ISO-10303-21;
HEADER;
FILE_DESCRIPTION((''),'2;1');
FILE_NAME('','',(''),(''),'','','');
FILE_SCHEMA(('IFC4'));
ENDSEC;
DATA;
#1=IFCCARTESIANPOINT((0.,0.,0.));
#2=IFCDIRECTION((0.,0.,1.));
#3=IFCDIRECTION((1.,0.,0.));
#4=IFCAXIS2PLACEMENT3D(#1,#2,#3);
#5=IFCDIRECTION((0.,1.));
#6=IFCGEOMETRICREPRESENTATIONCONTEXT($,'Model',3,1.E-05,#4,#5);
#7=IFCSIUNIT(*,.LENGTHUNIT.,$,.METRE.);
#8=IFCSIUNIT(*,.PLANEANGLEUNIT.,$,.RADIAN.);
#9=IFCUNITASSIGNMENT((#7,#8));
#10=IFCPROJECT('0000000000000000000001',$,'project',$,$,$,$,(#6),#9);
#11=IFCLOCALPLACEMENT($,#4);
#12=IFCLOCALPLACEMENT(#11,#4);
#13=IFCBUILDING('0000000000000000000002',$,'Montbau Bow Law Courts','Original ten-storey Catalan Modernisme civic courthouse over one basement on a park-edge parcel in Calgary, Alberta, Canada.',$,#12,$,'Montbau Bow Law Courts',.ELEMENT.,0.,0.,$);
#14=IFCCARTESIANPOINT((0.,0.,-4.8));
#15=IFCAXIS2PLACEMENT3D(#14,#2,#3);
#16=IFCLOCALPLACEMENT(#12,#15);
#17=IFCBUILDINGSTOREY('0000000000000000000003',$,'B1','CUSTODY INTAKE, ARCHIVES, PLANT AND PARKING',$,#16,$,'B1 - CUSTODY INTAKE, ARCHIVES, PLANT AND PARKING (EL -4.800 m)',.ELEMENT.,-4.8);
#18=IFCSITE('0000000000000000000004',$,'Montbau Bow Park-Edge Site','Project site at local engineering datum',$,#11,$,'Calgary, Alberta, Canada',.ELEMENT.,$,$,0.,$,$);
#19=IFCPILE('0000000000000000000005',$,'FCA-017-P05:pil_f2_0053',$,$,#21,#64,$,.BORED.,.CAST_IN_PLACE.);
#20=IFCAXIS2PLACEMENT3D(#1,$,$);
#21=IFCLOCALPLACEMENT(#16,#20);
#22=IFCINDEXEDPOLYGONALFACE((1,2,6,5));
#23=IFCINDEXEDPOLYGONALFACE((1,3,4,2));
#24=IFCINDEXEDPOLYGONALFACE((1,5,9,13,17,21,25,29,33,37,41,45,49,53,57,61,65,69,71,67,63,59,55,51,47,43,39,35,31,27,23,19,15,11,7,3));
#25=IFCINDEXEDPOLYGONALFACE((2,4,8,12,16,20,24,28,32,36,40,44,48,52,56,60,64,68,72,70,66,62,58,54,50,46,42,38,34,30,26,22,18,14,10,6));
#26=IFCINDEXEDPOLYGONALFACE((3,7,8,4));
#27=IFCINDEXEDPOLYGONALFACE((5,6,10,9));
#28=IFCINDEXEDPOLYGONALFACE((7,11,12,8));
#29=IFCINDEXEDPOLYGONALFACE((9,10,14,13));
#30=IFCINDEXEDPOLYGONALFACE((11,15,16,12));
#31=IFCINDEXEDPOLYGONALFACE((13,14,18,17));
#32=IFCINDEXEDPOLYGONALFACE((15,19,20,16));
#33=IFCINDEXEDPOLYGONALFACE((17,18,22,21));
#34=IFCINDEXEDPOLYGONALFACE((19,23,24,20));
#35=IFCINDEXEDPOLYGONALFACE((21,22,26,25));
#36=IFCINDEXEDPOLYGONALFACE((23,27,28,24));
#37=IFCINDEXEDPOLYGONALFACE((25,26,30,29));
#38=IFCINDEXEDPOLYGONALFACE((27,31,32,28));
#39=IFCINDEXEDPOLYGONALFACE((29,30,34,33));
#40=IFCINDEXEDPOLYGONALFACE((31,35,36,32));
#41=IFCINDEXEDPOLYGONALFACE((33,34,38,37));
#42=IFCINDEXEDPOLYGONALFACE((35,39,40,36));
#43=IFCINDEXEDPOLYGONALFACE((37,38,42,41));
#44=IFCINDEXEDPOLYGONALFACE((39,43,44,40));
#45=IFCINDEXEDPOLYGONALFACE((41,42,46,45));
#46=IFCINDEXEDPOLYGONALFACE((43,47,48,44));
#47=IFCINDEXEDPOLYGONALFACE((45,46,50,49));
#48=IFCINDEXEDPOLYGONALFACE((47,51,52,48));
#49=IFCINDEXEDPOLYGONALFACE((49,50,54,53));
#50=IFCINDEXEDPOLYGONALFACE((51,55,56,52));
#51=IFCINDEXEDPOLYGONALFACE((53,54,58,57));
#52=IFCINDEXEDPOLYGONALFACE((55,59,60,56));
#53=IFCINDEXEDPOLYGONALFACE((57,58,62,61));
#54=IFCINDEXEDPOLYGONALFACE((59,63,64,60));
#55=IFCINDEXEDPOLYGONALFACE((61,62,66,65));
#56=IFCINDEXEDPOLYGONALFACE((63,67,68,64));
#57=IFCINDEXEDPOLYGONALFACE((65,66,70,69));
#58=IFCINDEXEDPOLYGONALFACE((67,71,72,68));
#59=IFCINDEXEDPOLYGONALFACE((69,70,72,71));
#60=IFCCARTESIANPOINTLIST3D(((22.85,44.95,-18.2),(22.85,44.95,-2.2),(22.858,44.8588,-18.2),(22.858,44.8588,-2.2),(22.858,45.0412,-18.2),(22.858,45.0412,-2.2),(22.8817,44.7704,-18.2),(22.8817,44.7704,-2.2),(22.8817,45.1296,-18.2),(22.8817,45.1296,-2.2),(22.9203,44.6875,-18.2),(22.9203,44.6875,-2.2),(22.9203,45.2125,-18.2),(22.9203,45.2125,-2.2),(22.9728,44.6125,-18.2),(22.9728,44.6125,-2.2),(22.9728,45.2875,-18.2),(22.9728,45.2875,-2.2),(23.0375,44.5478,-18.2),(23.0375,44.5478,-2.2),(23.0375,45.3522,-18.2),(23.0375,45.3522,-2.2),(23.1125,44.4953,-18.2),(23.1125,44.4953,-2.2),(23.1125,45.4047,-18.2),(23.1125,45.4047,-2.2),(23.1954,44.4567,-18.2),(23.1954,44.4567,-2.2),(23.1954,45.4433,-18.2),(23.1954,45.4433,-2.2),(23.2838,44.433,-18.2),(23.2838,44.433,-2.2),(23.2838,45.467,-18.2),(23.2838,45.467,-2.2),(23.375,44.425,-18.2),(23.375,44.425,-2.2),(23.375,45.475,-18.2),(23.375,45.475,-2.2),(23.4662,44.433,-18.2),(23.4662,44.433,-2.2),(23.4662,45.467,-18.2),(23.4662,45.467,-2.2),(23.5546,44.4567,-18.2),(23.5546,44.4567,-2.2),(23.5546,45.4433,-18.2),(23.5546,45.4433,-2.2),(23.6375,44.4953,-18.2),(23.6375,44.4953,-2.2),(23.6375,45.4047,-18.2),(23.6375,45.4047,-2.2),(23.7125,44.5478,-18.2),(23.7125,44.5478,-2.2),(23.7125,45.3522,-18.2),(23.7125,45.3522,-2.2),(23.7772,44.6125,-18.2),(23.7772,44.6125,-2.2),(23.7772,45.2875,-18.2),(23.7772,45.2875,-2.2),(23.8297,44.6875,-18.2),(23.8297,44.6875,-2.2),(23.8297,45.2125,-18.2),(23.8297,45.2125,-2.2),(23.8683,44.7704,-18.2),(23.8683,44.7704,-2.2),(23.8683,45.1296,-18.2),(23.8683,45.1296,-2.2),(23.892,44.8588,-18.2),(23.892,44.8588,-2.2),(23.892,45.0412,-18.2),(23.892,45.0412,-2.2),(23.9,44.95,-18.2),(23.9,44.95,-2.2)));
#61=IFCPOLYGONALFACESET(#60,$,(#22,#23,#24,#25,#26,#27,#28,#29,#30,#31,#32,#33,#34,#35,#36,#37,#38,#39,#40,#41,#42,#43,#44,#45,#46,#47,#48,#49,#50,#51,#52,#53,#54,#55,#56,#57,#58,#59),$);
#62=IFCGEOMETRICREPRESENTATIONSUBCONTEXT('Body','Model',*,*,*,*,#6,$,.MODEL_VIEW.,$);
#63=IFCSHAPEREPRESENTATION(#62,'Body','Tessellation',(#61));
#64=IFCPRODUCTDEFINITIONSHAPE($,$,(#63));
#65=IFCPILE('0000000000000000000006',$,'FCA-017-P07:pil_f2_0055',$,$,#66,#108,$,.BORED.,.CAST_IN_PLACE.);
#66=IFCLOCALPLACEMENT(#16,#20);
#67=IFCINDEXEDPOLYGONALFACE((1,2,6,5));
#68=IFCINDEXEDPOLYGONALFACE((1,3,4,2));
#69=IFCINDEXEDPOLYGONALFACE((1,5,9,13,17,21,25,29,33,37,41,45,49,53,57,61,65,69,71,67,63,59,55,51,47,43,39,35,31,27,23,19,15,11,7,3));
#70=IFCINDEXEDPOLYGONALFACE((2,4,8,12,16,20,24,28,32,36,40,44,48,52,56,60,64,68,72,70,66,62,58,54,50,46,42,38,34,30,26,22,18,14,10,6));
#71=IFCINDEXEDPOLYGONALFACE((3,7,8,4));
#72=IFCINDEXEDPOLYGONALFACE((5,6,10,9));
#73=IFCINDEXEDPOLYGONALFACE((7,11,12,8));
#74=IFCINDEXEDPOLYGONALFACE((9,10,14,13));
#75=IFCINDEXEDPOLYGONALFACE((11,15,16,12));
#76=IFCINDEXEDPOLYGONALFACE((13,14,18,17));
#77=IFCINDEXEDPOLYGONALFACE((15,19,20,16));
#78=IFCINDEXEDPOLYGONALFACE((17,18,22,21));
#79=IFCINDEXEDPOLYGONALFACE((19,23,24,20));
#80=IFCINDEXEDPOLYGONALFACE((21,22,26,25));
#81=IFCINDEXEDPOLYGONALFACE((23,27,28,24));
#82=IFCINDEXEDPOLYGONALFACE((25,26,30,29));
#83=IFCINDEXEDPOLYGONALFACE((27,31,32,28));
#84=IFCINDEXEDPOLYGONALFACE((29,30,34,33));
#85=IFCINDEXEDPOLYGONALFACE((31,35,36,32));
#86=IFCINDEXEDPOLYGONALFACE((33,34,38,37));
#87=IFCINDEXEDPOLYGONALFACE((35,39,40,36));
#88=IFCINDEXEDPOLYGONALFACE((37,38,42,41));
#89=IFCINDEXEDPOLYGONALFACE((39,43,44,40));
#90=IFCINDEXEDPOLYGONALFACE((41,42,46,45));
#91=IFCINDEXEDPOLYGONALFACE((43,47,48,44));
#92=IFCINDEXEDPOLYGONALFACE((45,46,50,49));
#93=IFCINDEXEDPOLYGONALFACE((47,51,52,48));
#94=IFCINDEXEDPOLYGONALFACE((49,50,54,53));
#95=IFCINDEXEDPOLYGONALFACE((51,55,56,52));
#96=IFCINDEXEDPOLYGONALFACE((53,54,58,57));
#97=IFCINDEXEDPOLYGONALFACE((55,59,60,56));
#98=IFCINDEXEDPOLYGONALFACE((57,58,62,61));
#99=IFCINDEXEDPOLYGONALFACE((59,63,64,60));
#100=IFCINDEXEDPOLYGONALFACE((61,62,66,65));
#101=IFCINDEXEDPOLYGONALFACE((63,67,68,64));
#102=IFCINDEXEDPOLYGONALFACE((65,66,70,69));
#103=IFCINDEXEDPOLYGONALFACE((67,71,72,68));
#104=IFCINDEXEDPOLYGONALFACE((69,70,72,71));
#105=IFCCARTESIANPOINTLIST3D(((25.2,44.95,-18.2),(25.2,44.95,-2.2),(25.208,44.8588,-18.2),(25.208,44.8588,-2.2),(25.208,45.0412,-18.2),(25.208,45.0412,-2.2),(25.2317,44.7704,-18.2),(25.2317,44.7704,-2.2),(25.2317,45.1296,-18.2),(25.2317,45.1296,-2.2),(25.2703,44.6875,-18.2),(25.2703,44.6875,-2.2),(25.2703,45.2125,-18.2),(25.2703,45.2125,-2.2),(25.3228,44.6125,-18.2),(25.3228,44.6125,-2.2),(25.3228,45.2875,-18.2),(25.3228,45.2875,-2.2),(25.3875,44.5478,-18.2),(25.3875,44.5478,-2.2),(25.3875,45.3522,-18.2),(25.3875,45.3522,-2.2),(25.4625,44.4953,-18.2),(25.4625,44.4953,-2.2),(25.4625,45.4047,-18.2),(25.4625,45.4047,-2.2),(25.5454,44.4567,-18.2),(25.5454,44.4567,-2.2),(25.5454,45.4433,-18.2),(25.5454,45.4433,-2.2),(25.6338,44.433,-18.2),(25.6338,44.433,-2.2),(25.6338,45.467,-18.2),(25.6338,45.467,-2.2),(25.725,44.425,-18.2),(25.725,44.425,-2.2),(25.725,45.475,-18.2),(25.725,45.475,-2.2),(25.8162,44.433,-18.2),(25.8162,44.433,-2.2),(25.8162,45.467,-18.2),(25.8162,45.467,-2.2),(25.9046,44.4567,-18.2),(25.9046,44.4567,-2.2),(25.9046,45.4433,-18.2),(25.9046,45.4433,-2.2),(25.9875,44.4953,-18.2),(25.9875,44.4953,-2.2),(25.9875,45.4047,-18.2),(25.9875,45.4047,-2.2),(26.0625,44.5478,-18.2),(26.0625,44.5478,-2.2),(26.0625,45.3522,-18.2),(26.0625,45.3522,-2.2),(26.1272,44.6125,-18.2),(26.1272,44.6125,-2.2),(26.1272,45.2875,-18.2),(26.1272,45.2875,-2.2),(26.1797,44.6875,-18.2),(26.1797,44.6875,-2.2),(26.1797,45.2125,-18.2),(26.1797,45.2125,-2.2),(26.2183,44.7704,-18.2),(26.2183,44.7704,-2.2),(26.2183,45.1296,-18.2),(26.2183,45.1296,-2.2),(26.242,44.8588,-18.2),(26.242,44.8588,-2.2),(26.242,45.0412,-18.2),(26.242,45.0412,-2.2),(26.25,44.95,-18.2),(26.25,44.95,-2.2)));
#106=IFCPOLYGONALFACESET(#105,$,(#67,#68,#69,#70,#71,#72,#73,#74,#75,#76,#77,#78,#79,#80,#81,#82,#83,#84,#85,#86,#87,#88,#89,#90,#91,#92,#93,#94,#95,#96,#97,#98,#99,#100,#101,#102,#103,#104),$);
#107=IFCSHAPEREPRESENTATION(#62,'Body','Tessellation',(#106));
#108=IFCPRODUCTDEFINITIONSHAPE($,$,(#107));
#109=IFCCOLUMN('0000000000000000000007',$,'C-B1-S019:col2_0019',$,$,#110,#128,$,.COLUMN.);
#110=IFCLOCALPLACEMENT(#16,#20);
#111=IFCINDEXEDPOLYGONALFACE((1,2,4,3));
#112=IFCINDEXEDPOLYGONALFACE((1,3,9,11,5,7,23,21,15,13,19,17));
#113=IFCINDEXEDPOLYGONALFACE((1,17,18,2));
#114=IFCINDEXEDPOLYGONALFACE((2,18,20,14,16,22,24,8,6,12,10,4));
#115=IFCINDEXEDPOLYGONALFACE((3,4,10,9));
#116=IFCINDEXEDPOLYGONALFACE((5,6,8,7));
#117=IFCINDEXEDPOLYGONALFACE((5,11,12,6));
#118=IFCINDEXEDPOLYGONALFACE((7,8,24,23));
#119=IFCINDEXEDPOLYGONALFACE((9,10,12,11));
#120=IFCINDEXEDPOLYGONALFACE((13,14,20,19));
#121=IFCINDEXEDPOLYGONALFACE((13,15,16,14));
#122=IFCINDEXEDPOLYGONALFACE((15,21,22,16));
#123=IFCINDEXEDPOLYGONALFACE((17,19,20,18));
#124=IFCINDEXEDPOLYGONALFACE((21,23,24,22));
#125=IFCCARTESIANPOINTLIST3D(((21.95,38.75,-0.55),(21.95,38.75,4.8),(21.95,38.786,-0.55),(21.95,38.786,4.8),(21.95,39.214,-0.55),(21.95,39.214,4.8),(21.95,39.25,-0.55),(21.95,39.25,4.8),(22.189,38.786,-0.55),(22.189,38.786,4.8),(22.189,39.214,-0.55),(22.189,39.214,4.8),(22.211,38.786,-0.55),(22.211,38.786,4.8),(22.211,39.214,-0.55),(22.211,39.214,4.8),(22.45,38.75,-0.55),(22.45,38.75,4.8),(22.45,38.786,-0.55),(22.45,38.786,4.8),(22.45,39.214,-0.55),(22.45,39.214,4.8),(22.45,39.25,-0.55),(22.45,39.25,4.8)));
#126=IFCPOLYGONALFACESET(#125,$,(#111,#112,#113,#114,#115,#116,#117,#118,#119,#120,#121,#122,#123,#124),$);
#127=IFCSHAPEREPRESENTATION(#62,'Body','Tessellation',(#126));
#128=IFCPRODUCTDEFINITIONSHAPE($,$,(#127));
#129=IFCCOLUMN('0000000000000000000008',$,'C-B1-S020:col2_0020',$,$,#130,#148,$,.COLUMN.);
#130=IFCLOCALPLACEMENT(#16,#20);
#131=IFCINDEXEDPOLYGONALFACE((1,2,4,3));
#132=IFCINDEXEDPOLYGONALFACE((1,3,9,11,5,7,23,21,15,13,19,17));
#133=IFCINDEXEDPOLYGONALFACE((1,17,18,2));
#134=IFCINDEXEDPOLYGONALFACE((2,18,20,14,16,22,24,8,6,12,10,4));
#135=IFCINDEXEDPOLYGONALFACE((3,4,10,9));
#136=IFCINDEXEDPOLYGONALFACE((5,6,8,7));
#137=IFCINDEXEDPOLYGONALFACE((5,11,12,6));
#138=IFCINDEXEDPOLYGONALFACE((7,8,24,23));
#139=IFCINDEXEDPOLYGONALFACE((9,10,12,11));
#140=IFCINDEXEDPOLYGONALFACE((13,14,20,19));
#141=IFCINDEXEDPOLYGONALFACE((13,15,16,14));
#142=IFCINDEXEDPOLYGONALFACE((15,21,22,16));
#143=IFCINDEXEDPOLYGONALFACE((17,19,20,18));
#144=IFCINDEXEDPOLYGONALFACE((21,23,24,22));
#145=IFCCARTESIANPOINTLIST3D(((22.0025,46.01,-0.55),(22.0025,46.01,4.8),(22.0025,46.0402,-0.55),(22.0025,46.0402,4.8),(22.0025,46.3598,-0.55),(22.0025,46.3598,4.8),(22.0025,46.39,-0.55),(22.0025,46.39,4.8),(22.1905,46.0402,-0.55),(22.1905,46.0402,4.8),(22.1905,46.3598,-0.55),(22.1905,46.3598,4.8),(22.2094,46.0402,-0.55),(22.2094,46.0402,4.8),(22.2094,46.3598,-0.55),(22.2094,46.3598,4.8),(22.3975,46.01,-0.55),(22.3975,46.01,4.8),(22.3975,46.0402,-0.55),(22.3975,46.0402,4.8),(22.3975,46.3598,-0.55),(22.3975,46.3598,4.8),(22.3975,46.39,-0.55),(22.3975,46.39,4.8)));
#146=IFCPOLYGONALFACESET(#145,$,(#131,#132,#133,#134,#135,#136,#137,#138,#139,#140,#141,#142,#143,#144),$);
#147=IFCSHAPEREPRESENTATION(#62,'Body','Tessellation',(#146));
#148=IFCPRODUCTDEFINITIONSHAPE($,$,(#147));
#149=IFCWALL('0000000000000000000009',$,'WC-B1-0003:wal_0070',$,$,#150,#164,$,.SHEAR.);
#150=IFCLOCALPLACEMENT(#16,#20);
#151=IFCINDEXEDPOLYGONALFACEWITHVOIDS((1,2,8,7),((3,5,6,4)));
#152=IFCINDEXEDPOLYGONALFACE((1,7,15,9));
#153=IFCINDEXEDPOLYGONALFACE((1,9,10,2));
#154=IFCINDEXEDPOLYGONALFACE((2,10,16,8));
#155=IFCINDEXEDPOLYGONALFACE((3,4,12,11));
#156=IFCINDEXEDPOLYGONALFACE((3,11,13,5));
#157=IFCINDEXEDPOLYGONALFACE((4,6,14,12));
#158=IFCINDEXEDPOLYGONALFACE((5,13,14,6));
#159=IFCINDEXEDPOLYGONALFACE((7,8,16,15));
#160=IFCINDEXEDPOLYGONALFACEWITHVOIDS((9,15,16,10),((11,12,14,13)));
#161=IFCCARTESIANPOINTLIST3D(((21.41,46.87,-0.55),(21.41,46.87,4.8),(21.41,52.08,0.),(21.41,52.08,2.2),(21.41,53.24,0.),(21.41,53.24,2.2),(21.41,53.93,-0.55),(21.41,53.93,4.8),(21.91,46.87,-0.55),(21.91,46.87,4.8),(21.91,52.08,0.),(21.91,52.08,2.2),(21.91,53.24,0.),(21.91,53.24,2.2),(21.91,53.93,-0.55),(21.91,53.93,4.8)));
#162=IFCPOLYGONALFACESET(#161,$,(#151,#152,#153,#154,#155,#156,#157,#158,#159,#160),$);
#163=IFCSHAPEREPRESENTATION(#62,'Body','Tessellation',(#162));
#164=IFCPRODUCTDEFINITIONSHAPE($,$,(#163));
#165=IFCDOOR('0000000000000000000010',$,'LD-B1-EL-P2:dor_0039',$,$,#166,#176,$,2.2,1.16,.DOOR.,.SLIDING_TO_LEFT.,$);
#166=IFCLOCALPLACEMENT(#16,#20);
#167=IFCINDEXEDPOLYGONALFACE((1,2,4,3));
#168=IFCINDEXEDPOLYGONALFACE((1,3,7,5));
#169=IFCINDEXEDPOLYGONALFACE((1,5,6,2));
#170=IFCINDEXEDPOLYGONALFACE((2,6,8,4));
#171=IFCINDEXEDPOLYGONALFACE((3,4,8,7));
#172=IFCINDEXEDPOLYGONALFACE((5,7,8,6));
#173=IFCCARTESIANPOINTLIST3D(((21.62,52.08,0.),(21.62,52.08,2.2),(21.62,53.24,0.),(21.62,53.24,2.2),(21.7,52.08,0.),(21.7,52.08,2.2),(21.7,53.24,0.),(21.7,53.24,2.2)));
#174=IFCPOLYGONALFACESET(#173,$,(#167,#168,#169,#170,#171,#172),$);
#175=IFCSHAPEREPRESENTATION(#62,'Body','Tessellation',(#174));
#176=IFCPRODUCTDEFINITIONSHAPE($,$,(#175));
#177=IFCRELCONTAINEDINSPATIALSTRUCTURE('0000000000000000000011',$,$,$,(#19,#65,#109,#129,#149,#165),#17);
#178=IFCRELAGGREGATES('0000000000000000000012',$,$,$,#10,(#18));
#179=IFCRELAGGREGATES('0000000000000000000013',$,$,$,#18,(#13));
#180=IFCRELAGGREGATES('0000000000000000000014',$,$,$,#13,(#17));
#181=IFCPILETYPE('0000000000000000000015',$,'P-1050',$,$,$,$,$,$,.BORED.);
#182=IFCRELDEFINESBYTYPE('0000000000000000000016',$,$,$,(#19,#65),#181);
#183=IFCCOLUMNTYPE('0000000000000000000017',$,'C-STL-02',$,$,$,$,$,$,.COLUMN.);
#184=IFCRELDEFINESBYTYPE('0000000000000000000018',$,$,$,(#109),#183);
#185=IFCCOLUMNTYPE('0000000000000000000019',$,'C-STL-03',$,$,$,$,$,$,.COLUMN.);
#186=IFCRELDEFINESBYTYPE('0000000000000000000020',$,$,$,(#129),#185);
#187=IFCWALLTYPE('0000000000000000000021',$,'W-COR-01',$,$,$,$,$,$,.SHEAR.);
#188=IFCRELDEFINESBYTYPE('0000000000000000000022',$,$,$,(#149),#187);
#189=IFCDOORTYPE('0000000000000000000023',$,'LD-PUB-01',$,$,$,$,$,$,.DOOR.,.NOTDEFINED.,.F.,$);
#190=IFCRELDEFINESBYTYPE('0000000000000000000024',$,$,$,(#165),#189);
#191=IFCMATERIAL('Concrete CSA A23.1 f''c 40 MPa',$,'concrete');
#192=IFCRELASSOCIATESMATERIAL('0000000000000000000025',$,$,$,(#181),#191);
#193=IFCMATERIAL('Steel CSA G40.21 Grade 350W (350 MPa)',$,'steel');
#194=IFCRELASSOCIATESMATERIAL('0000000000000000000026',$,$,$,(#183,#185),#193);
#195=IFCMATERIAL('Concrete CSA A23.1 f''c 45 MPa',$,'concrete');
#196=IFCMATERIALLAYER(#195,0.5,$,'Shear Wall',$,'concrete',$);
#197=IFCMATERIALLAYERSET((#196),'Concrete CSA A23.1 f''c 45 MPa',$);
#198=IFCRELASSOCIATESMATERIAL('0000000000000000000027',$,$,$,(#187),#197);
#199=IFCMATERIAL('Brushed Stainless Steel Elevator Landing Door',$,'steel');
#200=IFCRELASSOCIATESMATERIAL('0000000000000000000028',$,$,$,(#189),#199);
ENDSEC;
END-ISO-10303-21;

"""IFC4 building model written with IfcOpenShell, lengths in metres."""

from ifc_helpers import new_model, si_unit, direction, frame, frame_2d, origin_with_axes, origin_2d_with_axis, place, context, subcontext, project, spatial, rectangle, circle, i_section, extrude, material, layer, layer_set, material_profile, profile_set, type_object, element, fill, save


model = new_model("IFC4")

# Units and contexts
model_context = context("Model", 3, precision=1e-05, world=origin_with_axes(), true_north=direction((0.0, 1.0)))
body_context = subcontext(model_context, "Body", "Model", "MODEL_VIEW")
ifc_project = project(units=[si_unit("LENGTHUNIT", "METRE"), si_unit("PLANEANGLEUNIT", "RADIAN")], contexts=[model_context])

# Site, building, storey
site_placement = place(None, origin_with_axes())
site = spatial("IfcSite", under=ifc_project, at=site_placement, Name="Montbau Bow Park-Edge Site", Description="Project site at local engineering datum", LongName="Calgary, Alberta, Canada", CompositionType="ELEMENT", RefElevation=0.0)
building_placement = place(site_placement, origin_with_axes())
building = spatial("IfcBuilding", under=site, at=building_placement, Name="Montbau Bow Law Courts", Description="Original ten-storey Catalan Modernisme civic courthouse over one basement on a park-edge parcel in Calgary, Alberta, Canada.", LongName="Montbau Bow Law Courts", CompositionType="ELEMENT", ElevationOfRefHeight=0.0, ElevationOfTerrain=0.0)
storey_placement = place(building_placement, frame((0.0, 0.0, -4.8), z_axis=(0.0, 0.0, 1.0), x_axis=(1.0, 0.0, 0.0)))
storey = spatial("IfcBuildingStorey", under=building, at=storey_placement, Name="B1", Description="CUSTODY INTAKE, ARCHIVES, PLANT AND PARKING", LongName="B1 - CUSTODY INTAKE, ARCHIVES, PLANT AND PARKING (EL -4.800 m)", CompositionType="ELEMENT", Elevation=-4.8)

# Piles
ifc_material_1 = material(Name="Concrete CSA A23.1 f'c 40 MPa", Category="concrete")
ifc_material_profile_1 = material_profile(ifc_material_1, circle(Radius=0.525, at=origin_2d_with_axis()), Name="BP1050", Category="Main", Priority=0)
ifc_profile_set_1 = profile_set([ifc_material_profile_1], Name="Concrete CSA A23.1 f'c 40 MPa")
pile_type_1 = type_object("IfcPileType", Name="P-1050", PredefinedType="BORED", material=ifc_profile_set_1)
for number, where, z_axis, x_axis, name in (
    (1, (23.375, 44.95, -23.0), (0.0, 0.0, 1.0), (1.0, 0.0, 0.0), "FCA-017-P05:pil_f2_0053"),
    (2, (25.725, 44.95, -23.0), (0.0, 0.0, 1.0), (1.0, 0.0, 0.0), "FCA-017-P07:pil_f2_0055"),
):
    element("IfcPile", number, at=place(None, frame(where, z_axis=z_axis, x_axis=x_axis)), inside=storey, type_object=pile_type_1, Name=name, ConstructionType="CAST_IN_PLACE", PredefinedType="BORED", context=body_context, shape_type="SweptSolid", body=[
        extrude(circle(Radius=0.525, at=origin_2d_with_axis()), origin_with_axes(), (0.0, 0.0, 1.0), 16.0),
    ])

# Columns
ifc_material_2 = material(Name="Steel CSA G40.21 Grade 350W (350 MPa)", Category="steel")
ifc_material_profile_2 = material_profile(ifc_material_2, i_section(OverallWidth=0.5, OverallDepth=0.5, WebThickness=0.022, FlangeThickness=0.036, at=origin_2d_with_axis()), Name="WWF500X343", Category="Main", Priority=0)
ifc_profile_set_2 = profile_set([ifc_material_profile_2], Name="Steel CSA G40.21 Grade 350W (350 MPa)")
column_type_1 = type_object("IfcColumnType", Name="C-STL-02", PredefinedType="COLUMN", material=ifc_profile_set_2)
column_1_placement = place(None, frame((22.2, 39.0, -5.35), z_axis=(0.0, 0.0, 1.0), x_axis=(1.0, 0.0, 0.0)))
element("IfcColumn", 3, at=column_1_placement, inside=storey, type_object=column_type_1, Name="C-B1-S019:col2_0019", PredefinedType="COLUMN", context=body_context, shape_type="SweptSolid", body=[
    extrude(i_section(OverallWidth=0.5, OverallDepth=0.5, WebThickness=0.022, FlangeThickness=0.036, at=origin_2d_with_axis()), origin_with_axes(), (0.0, 0.0, 1.0), 5.35),
])
ifc_material_profile_3 = material_profile(ifc_material_2, i_section(OverallWidth=0.395, OverallDepth=0.38, WebThickness=0.0189, FlangeThickness=0.0302, at=origin_2d_with_axis()), Name="W360X237", Category="Main", Priority=0)
ifc_profile_set_3 = profile_set([ifc_material_profile_3], Name="Steel CSA G40.21 Grade 350W (350 MPa)")
column_type_2 = type_object("IfcColumnType", Name="C-STL-03", PredefinedType="COLUMN", material=ifc_profile_set_3)
column_2_placement = place(None, frame((22.2, 46.2, -5.35), z_axis=(0.0, 0.0, 1.0), x_axis=(1.0, 0.0, 0.0)))
element("IfcColumn", 4, at=column_2_placement, inside=storey, type_object=column_type_2, Name="C-B1-S020:col2_0020", PredefinedType="COLUMN", context=body_context, shape_type="SweptSolid", body=[
    extrude(i_section(OverallWidth=0.395, OverallDepth=0.38, WebThickness=0.0189, FlangeThickness=0.0302, at=origin_2d_with_axis()), origin_with_axes(), (0.0, 0.0, 1.0), 5.35),
])

# Wall, opening, door
ifc_material_3 = material(Name="Concrete CSA A23.1 f'c 45 MPa", Category="concrete")
ifc_layer_1 = layer(ifc_material_3, 0.5, Name="Shear Wall", Category="concrete")
ifc_layer_set_1 = layer_set([ifc_layer_1], Name="Concrete CSA A23.1 f'c 45 MPa")
wall_type_1 = type_object("IfcWallType", Name="W-COR-01", PredefinedType="SHEAR", material=ifc_layer_set_1)
wall_1_placement = place(None, frame((21.66, 46.87, -5.35), z_axis=(0.0, 0.0, 1.0), x_axis=(0.0, 1.0, 0.0)))
wall_1 = element("IfcWall", 5, at=wall_1_placement, inside=storey, type_object=wall_type_1, Name="WC-B1-0003:wal_0070", PredefinedType="SHEAR", context=body_context, shape_type="SweptSolid", body=[
    extrude(rectangle(XDim=7.06, YDim=0.5, at=frame_2d((3.53, 0.0), x_axis=(1.0, 0.0))), origin_with_axes(), (0.0, 0.0, 1.0), 5.35),
])
opening_1_placement = place(None, frame((21.66, 52.66, -4.8), z_axis=(0.0, 0.0, 1.0), x_axis=(0.0, 1.0, 0.0)))
opening_1 = element("IfcOpeningElement", 6, at=opening_1_placement, cuts=wall_1, PredefinedType="OPENING", context=body_context, shape_type="SweptSolid", body=[
    extrude(rectangle(XDim=1.16, YDim=2.2, at=frame_2d((0.0, 1.1), x_axis=(1.0, 0.0))), frame((0.0, 0.26, 0.0), z_axis=(0.0, -1.0, 0.0), x_axis=(1.0, 0.0, 0.0)), (0.0, 0.0, 1.0), 0.52),
])
ifc_material_4 = material(Name="Brushed Stainless Steel Elevator Landing Door", Category="steel")
door_type_1 = type_object("IfcDoorType", Name="LD-PUB-01", OperationType="NOTDEFINED", ParameterTakesPrecedence=False, PredefinedType="DOOR", material=ifc_material_4)
door_1_placement = place(None, frame((21.66, 52.66, -4.8), z_axis=(0.0, 0.0, 1.0), x_axis=(0.0, 1.0, 0.0)))
door_1 = element("IfcDoor", 7, at=door_1_placement, inside=storey, type_object=door_type_1, Name="LD-B1-EL-P2:dor_0039", OperationType="SLIDING_TO_LEFT", OverallHeight=2.2, OverallWidth=1.16, PredefinedType="DOOR", context=body_context, shape_type="SweptSolid", body=[
    extrude(rectangle(XDim=1.16, YDim=2.2, at=frame_2d((0.0, 1.1), x_axis=(1.0, 0.0))), frame((0.0, 0.04, 0.0), z_axis=(0.0, -1.0, 0.0), x_axis=(1.0, 0.0, 0.0)), (0.0, 0.0, 1.0), 0.08),
])
fill(opening_1, door_1)

save(model, "model.ifc")
